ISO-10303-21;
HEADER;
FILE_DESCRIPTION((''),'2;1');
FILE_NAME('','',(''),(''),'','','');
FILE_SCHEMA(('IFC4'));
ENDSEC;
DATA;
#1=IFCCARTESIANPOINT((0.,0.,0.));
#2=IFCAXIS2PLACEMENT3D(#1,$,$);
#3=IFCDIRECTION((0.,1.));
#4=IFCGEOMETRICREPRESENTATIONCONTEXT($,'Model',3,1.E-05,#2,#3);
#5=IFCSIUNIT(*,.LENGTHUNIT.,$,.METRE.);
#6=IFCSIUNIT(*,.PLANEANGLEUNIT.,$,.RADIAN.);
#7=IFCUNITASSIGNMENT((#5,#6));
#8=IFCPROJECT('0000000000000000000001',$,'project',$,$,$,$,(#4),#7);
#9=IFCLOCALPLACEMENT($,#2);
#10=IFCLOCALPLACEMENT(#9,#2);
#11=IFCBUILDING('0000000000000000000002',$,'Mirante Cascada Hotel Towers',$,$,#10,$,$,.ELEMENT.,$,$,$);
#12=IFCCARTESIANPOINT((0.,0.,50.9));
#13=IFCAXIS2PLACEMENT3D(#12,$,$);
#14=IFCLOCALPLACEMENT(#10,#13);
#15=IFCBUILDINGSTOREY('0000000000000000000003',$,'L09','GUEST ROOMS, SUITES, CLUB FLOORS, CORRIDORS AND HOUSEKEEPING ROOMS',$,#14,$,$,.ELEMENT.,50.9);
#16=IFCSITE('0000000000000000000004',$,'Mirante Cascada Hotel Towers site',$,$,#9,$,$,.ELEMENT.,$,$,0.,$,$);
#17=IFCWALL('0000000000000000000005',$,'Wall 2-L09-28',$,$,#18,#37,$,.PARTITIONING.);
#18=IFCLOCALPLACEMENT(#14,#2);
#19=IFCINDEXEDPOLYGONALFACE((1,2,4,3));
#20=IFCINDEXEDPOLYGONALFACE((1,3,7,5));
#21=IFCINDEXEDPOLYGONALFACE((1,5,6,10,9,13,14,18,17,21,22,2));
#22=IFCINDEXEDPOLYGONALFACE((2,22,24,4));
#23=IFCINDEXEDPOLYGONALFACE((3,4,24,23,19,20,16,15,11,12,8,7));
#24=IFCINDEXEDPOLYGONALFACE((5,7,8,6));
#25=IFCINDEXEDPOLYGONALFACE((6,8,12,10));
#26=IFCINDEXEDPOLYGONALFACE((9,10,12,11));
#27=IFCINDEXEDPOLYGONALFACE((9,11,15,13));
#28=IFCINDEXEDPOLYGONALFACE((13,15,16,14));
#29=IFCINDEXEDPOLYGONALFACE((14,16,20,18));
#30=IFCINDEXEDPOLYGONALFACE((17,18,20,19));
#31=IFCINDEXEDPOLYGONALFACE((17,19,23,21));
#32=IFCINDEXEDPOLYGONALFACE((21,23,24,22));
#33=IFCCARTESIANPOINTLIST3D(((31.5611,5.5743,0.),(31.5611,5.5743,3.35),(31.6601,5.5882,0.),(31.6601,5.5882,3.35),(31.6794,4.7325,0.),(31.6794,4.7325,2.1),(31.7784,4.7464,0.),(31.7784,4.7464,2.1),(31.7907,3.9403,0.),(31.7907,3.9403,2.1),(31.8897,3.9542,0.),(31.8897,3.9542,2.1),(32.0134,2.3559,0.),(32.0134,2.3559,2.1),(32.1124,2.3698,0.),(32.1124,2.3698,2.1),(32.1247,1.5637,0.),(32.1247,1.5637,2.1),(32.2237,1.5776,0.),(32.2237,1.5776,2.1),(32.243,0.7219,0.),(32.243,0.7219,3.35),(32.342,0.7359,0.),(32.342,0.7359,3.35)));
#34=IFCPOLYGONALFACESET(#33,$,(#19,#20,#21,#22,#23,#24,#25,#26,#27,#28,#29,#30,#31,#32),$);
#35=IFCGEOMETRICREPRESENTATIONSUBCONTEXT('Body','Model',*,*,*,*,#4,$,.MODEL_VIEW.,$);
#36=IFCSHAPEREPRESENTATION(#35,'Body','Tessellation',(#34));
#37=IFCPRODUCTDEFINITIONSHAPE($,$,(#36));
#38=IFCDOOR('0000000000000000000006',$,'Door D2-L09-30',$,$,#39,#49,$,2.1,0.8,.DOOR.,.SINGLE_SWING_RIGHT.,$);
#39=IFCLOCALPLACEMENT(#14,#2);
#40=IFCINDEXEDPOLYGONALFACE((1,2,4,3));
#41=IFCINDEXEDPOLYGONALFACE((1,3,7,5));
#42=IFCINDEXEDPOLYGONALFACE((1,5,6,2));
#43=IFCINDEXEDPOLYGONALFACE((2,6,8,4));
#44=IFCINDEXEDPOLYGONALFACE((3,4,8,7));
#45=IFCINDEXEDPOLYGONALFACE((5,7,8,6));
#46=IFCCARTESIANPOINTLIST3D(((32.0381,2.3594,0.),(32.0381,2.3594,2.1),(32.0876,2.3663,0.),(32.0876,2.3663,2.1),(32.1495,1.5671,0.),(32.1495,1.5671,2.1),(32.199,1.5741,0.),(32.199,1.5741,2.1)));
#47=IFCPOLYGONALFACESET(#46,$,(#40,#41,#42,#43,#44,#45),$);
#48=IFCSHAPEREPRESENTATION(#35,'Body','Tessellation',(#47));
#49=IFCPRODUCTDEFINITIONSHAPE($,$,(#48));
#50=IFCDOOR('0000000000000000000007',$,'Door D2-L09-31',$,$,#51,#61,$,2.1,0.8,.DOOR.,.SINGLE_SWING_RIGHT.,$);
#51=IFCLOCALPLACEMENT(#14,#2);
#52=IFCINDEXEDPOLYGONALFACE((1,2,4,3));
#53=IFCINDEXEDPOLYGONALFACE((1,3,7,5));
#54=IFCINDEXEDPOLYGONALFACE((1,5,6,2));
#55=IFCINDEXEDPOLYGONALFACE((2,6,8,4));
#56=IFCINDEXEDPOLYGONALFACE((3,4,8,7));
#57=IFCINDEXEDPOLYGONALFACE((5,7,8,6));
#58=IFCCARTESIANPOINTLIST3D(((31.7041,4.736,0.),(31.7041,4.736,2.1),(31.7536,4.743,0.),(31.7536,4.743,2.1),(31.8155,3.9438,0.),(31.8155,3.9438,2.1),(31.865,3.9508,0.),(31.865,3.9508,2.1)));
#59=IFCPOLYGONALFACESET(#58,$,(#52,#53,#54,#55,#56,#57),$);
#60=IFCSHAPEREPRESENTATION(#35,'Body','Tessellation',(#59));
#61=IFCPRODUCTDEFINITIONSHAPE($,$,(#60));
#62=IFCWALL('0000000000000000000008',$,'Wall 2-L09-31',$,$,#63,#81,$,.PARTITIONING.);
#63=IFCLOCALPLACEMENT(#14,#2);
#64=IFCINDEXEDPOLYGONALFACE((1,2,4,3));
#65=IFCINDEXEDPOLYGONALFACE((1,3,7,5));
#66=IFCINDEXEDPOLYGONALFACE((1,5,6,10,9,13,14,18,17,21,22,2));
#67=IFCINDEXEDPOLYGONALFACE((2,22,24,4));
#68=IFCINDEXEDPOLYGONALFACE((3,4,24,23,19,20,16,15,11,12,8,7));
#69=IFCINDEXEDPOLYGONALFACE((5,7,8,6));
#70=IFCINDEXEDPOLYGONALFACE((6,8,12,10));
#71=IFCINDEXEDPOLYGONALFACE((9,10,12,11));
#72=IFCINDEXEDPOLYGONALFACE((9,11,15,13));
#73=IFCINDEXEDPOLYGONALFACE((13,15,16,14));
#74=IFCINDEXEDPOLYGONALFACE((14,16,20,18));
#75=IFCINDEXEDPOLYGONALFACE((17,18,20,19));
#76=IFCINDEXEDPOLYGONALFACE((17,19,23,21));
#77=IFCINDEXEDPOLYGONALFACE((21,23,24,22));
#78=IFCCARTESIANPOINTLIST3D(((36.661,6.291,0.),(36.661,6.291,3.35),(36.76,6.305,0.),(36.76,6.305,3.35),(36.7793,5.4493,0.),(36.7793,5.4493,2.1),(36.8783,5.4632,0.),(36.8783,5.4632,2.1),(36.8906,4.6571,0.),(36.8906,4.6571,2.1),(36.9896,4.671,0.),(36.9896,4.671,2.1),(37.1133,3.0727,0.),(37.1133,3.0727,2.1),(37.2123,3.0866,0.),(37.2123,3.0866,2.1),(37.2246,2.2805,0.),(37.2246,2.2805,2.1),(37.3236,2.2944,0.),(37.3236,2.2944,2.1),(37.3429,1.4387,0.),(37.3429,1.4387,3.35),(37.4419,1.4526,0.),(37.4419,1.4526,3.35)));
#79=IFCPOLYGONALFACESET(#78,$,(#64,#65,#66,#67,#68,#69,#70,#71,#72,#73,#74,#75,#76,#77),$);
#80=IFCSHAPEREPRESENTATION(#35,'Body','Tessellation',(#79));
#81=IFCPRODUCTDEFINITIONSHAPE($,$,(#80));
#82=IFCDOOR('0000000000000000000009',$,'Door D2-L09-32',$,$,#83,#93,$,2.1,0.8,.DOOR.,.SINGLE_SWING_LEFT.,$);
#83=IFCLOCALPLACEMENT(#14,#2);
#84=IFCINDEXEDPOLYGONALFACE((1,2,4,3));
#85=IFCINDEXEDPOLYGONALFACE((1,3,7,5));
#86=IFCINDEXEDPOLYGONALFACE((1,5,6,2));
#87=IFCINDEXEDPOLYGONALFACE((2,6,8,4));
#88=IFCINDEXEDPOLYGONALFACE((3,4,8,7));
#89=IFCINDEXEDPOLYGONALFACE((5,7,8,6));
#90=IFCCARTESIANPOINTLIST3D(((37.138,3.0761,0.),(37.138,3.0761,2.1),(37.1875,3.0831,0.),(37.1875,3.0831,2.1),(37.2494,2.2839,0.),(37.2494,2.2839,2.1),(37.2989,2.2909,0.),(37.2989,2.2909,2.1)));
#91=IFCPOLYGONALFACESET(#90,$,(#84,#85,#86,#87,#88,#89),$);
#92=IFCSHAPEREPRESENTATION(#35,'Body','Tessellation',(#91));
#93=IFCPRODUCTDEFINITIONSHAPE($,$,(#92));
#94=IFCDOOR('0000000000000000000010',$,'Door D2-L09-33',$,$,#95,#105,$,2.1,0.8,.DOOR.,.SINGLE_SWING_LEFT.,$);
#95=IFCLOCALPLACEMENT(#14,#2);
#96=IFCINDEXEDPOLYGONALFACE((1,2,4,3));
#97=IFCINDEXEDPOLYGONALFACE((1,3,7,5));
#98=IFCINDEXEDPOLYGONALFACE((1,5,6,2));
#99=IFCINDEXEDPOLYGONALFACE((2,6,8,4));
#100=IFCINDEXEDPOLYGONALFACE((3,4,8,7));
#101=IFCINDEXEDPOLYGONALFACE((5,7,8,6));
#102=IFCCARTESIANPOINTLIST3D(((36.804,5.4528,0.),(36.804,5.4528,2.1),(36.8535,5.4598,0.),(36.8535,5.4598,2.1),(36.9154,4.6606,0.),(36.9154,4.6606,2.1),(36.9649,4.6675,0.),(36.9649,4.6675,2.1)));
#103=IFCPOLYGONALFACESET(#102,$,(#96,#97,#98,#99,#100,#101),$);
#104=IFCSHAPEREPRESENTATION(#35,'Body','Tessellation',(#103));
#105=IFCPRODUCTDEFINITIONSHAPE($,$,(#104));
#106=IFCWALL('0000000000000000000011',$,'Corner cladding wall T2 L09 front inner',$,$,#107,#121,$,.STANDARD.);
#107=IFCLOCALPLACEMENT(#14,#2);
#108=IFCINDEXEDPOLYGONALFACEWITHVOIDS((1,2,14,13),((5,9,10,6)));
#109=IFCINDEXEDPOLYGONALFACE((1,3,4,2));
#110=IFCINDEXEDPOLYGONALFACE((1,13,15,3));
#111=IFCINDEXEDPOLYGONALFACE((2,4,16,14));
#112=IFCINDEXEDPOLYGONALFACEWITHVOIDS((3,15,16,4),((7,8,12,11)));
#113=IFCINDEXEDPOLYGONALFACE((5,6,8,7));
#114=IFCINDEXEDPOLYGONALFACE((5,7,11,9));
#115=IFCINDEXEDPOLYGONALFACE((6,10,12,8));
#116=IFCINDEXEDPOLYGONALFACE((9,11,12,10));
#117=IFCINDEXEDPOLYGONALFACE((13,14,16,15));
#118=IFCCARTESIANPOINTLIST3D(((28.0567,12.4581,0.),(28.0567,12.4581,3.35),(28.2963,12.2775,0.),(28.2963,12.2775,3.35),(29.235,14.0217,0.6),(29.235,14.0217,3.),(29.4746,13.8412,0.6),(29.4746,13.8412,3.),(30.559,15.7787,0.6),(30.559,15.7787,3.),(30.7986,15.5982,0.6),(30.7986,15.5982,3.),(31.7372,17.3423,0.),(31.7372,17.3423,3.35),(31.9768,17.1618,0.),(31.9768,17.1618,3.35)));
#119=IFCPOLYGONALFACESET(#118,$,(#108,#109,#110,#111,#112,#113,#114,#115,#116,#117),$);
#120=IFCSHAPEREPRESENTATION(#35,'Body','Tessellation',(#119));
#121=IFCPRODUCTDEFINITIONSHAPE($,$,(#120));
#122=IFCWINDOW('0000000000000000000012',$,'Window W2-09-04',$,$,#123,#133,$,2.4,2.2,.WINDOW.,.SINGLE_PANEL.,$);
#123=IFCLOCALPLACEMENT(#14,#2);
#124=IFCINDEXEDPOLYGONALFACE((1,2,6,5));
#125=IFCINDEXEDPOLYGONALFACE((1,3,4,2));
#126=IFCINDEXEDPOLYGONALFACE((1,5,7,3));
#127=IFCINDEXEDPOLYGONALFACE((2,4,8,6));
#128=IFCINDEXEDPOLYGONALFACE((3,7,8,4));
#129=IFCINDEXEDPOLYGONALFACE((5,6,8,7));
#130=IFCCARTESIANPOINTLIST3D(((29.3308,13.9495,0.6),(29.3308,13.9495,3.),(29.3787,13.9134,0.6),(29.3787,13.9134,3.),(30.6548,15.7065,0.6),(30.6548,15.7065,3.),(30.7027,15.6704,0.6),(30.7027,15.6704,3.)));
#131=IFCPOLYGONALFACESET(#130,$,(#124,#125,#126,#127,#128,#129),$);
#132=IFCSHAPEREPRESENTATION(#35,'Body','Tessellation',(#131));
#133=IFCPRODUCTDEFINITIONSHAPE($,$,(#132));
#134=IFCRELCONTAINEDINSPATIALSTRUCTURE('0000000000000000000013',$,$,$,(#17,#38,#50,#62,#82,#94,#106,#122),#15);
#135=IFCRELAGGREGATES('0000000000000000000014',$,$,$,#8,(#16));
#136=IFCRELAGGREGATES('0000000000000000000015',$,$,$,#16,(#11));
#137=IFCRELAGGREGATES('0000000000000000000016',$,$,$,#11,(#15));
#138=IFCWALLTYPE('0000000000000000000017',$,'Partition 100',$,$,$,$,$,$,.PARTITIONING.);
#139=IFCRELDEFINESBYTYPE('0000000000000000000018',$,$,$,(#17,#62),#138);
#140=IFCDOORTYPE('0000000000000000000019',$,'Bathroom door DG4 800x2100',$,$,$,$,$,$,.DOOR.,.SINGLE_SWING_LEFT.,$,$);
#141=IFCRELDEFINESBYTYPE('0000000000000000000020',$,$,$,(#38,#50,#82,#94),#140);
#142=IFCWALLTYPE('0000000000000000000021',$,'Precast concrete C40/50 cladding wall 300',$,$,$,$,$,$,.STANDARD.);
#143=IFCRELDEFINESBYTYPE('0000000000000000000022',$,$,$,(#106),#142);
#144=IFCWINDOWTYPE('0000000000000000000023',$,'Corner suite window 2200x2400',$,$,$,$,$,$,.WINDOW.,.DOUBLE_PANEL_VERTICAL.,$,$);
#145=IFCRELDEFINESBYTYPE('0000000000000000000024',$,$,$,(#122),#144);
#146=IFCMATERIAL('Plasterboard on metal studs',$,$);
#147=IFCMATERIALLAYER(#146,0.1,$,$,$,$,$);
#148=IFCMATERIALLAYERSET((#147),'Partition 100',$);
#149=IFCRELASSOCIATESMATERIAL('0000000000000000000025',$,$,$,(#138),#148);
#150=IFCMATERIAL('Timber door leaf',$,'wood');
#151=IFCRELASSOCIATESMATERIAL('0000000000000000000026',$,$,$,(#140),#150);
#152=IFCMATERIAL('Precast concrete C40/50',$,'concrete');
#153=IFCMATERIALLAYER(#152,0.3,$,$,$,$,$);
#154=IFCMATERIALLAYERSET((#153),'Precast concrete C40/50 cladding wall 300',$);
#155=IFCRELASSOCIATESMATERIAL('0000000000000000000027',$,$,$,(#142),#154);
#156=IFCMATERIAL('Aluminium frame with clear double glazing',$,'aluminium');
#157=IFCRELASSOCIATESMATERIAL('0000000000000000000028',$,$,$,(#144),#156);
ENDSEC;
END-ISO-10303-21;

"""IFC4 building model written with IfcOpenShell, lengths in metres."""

from ifc_helpers import new_model, si_unit, direction, frame, frame_2d, origin, place, context, subcontext, project, spatial, rectangle, extrude, material, layer, layer_set, type_object, element, fill, save


model = new_model("IFC4")

# Units and contexts
model_context = context("Model", 3, precision=1e-05, world=origin(), true_north=direction((0.0, 1.0)))
body_context = subcontext(model_context, "Body", "Model", "MODEL_VIEW")
ifc_project = project(units=[si_unit("LENGTHUNIT", "METRE"), si_unit("PLANEANGLEUNIT", "RADIAN")], contexts=[model_context])

# Site, building, storey
site_placement = place(None, origin())
site = spatial("IfcSite", under=ifc_project, at=site_placement, Name="Mirante Cascada Hotel Towers site", CompositionType="ELEMENT", RefElevation=0.0)
building_placement = place(site_placement, origin())
building = spatial("IfcBuilding", under=site, at=building_placement, Name="Mirante Cascada Hotel Towers", CompositionType="ELEMENT")
storey_placement = place(building_placement, frame((0.0, 0.0, 50.9)))
storey = spatial("IfcBuildingStorey", under=building, at=storey_placement, Name="L09", Description="GUEST ROOMS, SUITES, CLUB FLOORS, CORRIDORS AND HOUSEKEEPING ROOMS", CompositionType="ELEMENT", Elevation=50.9)

# Shared definitions
ifc_material_1 = material(Name="Plasterboard on metal studs")
ifc_layer_1 = layer(ifc_material_1, 0.1)
ifc_layer_set_1 = layer_set([ifc_layer_1], Name="Partition 100")
wall_type_1 = type_object("IfcWallType", Name="Partition 100", PredefinedType="PARTITIONING", material=ifc_layer_set_1)

# Walls, openings, doors
wall_1_placement = place(storey_placement, frame((32.2925, 0.7289, 0.0), z_axis=(0.0, 0.0, 1.0), x_axis=(-0.139164, 0.990269, 0.0)))
wall_1 = element("IfcWall", 1, at=wall_1_placement, inside=storey, type_object=wall_type_1, Name="Wall 2-L09-28", PredefinedType="PARTITIONING", context=body_context, shape_type="SweptSolid", body=[
    extrude(rectangle(XDim=4.9, YDim=0.1, at=frame_2d((2.45, 0.0))), origin(), (0.0, 0.0, 1.0), 3.35),
])
opening_1_placement = place(wall_1_placement, frame((0.85, 0.0, 0.0)))
opening_1 = element("IfcOpeningElement", 2, at=opening_1_placement, cuts=wall_1, PredefinedType="OPENING", context=body_context, shape_type="SweptSolid", body=[
    extrude(rectangle(XDim=0.8, YDim=2.1, at=frame_2d((0.4, 1.05))), frame((0.0, 0.05, 0.0), z_axis=(0.0, -1.0, 0.0), x_axis=(1.0, 0.0, 0.0)), (0.0, 0.0, 1.0), 0.1),
])
opening_2_placement = place(wall_1_placement, frame((3.25, 0.0, 0.0)))
opening_2 = element("IfcOpeningElement", 3, at=opening_2_placement, cuts=wall_1, PredefinedType="OPENING", context=body_context, shape_type="SweptSolid", body=[
    extrude(rectangle(XDim=0.8, YDim=2.1, at=frame_2d((0.4, 1.05))), frame((0.0, 0.05, 0.0), z_axis=(0.0, -1.0, 0.0), x_axis=(1.0, 0.0, 0.0)), (0.0, 0.0, 1.0), 0.1),
])
ifc_material_2 = material(Name="Timber door leaf", Category="wood")
door_type = type_object("IfcDoorType", Name="Bathroom door DG4 800x2100", OperationType="SINGLE_SWING_LEFT", PredefinedType="DOOR", material=ifc_material_2)
door_1_placement = place(opening_1_placement, frame((0.8, 0.0, 0.0), z_axis=(0.0, 0.0, 1.0), x_axis=(-1.0, 0.0, 0.0)))
door_1 = element("IfcDoor", 4, at=door_1_placement, inside=storey, type_object=door_type, Name="Door D2-L09-30", OperationType="SINGLE_SWING_RIGHT", OverallHeight=2.1, OverallWidth=0.8, PredefinedType="DOOR", context=body_context, shape_type="SweptSolid", body=[
    extrude(rectangle(XDim=0.8, YDim=2.1, at=frame_2d((0.4, 1.05))), frame((0.0, 0.025, 0.0), z_axis=(0.0, -1.0, 0.0), x_axis=(1.0, 0.0, 0.0)), (0.0, 0.0, 1.0), 0.05),
])
fill(opening_1, door_1)
door_2_placement = place(opening_2_placement, frame((0.8, 0.0, 0.0), z_axis=(0.0, 0.0, 1.0), x_axis=(-1.0, 0.0, 0.0)))
door_2 = element("IfcDoor", 5, at=door_2_placement, inside=storey, type_object=door_type, Name="Door D2-L09-31", OperationType="SINGLE_SWING_RIGHT", OverallHeight=2.1, OverallWidth=0.8, PredefinedType="DOOR", context=body_context, shape_type="SweptSolid", body=[
    extrude(rectangle(XDim=0.8, YDim=2.1, at=frame_2d((0.4, 1.05))), frame((0.0, 0.025, 0.0), z_axis=(0.0, -1.0, 0.0), x_axis=(1.0, 0.0, 0.0)), (0.0, 0.0, 1.0), 0.05),
])
fill(opening_2, door_2)
wall_2_placement = place(storey_placement, frame((36.7105, 6.298, 0.0), z_axis=(0.0, 0.0, 1.0), x_axis=(0.139164, -0.990269, 0.0)))
wall_2 = element("IfcWall", 6, at=wall_2_placement, inside=storey, type_object=wall_type_1, Name="Wall 2-L09-31", PredefinedType="PARTITIONING", context=body_context, shape_type="SweptSolid", body=[
    extrude(rectangle(XDim=4.9, YDim=0.1, at=frame_2d((2.45, 0.0))), origin(), (0.0, 0.0, 1.0), 3.35),
])
opening_3_placement = place(wall_2_placement, frame((3.25, 0.0, 0.0)))
opening_3 = element("IfcOpeningElement", 7, at=opening_3_placement, cuts=wall_2, PredefinedType="OPENING", context=body_context, shape_type="SweptSolid", body=[
    extrude(rectangle(XDim=0.8, YDim=2.1, at=frame_2d((0.4, 1.05))), frame((0.0, 0.05, 0.0), z_axis=(0.0, -1.0, 0.0), x_axis=(1.0, 0.0, 0.0)), (0.0, 0.0, 1.0), 0.1),
])
opening_4_placement = place(wall_2_placement, frame((0.85, 0.0, 0.0)))
opening_4 = element("IfcOpeningElement", 8, at=opening_4_placement, cuts=wall_2, PredefinedType="OPENING", context=body_context, shape_type="SweptSolid", body=[
    extrude(rectangle(XDim=0.8, YDim=2.1, at=frame_2d((0.4, 1.05))), frame((0.0, 0.05, 0.0), z_axis=(0.0, -1.0, 0.0), x_axis=(1.0, 0.0, 0.0)), (0.0, 0.0, 1.0), 0.1),
])
door_3_placement = place(opening_3_placement, origin())
door_3 = element("IfcDoor", 9, at=door_3_placement, inside=storey, type_object=door_type, Name="Door D2-L09-32", OperationType="SINGLE_SWING_LEFT", OverallHeight=2.1, OverallWidth=0.8, PredefinedType="DOOR", context=body_context, shape_type="SweptSolid", body=[
    extrude(rectangle(XDim=0.8, YDim=2.1, at=frame_2d((0.4, 1.05))), frame((0.0, 0.025, 0.0), z_axis=(0.0, -1.0, 0.0), x_axis=(1.0, 0.0, 0.0)), (0.0, 0.0, 1.0), 0.05),
])
fill(opening_3, door_3)
door_4_placement = place(opening_4_placement, origin())
door_4 = element("IfcDoor", 10, at=door_4_placement, inside=storey, type_object=door_type, Name="Door D2-L09-33", OperationType="SINGLE_SWING_LEFT", OverallHeight=2.1, OverallWidth=0.8, PredefinedType="DOOR", context=body_context, shape_type="SweptSolid", body=[
    extrude(rectangle(XDim=0.8, YDim=2.1, at=frame_2d((0.4, 1.05))), frame((0.0, 0.025, 0.0), z_axis=(0.0, -1.0, 0.0), x_axis=(1.0, 0.0, 0.0)), (0.0, 0.0, 1.0), 0.05),
])
fill(opening_4, door_4)

# Wall, opening, window
ifc_material_3 = material(Name="Precast concrete C40/50", Category="concrete")
ifc_layer_2 = layer(ifc_material_3, 0.3)
ifc_layer_set_2 = layer_set([ifc_layer_2], Name="Precast concrete C40/50 cladding wall 300")
wall_type_2 = type_object("IfcWallType", Name="Precast concrete C40/50 cladding wall 300", PredefinedType="STANDARD", material=ifc_layer_set_2)
wall_3_placement = place(storey_placement, frame((31.857, 17.252, 0.0), z_axis=(0.0, 0.0, 1.0), x_axis=(-0.601814, -0.798636, 0.0)))
wall_3 = element("IfcWall", 11, at=wall_3_placement, inside=storey, type_object=wall_type_2, Name="Corner cladding wall T2 L09 front inner", PredefinedType="STANDARD", context=body_context, shape_type="SweptSolid", body=[
    extrude(rectangle(XDim=6.1157, YDim=0.3, at=frame_2d((3.0578, 0.0))), origin(), (0.0, 0.0, 1.0), 3.35),
])
opening_5_placement = place(wall_3_placement, frame((1.9578, 0.0, 0.6)))
opening_5 = element("IfcOpeningElement", 12, at=opening_5_placement, cuts=wall_3, PredefinedType="OPENING", context=body_context, shape_type="SweptSolid", body=[
    extrude(rectangle(XDim=2.2, YDim=2.4, at=frame_2d((1.1, 1.2))), frame((0.0, 0.15, 0.0), z_axis=(0.0, -1.0, 0.0), x_axis=(1.0, 0.0, 0.0)), (0.0, 0.0, 1.0), 0.3),
])
ifc_material_4 = material(Name="Aluminium frame with clear double glazing", Category="aluminium")
window_type = type_object("IfcWindowType", Name="Corner suite window 2200x2400", PartitioningType="DOUBLE_PANEL_VERTICAL", PredefinedType="WINDOW", material=ifc_material_4)
window_placement = place(opening_5_placement, origin())
window = element("IfcWindow", 13, at=window_placement, inside=storey, type_object=window_type, Name="Window W2-09-04", OverallHeight=2.4, OverallWidth=2.2, PartitioningType="SINGLE_PANEL", PredefinedType="WINDOW", context=body_context, shape_type="SweptSolid", body=[
    extrude(rectangle(XDim=2.2, YDim=2.4, at=frame_2d((1.1, 1.2))), frame((0.0, 0.03, 0.0), z_axis=(0.0, -1.0, 0.0), x_axis=(1.0, 0.0, 0.0)), (0.0, 0.0, 1.0), 0.06),
])
fill(opening_5, window)

save(model, "model.ifc")
